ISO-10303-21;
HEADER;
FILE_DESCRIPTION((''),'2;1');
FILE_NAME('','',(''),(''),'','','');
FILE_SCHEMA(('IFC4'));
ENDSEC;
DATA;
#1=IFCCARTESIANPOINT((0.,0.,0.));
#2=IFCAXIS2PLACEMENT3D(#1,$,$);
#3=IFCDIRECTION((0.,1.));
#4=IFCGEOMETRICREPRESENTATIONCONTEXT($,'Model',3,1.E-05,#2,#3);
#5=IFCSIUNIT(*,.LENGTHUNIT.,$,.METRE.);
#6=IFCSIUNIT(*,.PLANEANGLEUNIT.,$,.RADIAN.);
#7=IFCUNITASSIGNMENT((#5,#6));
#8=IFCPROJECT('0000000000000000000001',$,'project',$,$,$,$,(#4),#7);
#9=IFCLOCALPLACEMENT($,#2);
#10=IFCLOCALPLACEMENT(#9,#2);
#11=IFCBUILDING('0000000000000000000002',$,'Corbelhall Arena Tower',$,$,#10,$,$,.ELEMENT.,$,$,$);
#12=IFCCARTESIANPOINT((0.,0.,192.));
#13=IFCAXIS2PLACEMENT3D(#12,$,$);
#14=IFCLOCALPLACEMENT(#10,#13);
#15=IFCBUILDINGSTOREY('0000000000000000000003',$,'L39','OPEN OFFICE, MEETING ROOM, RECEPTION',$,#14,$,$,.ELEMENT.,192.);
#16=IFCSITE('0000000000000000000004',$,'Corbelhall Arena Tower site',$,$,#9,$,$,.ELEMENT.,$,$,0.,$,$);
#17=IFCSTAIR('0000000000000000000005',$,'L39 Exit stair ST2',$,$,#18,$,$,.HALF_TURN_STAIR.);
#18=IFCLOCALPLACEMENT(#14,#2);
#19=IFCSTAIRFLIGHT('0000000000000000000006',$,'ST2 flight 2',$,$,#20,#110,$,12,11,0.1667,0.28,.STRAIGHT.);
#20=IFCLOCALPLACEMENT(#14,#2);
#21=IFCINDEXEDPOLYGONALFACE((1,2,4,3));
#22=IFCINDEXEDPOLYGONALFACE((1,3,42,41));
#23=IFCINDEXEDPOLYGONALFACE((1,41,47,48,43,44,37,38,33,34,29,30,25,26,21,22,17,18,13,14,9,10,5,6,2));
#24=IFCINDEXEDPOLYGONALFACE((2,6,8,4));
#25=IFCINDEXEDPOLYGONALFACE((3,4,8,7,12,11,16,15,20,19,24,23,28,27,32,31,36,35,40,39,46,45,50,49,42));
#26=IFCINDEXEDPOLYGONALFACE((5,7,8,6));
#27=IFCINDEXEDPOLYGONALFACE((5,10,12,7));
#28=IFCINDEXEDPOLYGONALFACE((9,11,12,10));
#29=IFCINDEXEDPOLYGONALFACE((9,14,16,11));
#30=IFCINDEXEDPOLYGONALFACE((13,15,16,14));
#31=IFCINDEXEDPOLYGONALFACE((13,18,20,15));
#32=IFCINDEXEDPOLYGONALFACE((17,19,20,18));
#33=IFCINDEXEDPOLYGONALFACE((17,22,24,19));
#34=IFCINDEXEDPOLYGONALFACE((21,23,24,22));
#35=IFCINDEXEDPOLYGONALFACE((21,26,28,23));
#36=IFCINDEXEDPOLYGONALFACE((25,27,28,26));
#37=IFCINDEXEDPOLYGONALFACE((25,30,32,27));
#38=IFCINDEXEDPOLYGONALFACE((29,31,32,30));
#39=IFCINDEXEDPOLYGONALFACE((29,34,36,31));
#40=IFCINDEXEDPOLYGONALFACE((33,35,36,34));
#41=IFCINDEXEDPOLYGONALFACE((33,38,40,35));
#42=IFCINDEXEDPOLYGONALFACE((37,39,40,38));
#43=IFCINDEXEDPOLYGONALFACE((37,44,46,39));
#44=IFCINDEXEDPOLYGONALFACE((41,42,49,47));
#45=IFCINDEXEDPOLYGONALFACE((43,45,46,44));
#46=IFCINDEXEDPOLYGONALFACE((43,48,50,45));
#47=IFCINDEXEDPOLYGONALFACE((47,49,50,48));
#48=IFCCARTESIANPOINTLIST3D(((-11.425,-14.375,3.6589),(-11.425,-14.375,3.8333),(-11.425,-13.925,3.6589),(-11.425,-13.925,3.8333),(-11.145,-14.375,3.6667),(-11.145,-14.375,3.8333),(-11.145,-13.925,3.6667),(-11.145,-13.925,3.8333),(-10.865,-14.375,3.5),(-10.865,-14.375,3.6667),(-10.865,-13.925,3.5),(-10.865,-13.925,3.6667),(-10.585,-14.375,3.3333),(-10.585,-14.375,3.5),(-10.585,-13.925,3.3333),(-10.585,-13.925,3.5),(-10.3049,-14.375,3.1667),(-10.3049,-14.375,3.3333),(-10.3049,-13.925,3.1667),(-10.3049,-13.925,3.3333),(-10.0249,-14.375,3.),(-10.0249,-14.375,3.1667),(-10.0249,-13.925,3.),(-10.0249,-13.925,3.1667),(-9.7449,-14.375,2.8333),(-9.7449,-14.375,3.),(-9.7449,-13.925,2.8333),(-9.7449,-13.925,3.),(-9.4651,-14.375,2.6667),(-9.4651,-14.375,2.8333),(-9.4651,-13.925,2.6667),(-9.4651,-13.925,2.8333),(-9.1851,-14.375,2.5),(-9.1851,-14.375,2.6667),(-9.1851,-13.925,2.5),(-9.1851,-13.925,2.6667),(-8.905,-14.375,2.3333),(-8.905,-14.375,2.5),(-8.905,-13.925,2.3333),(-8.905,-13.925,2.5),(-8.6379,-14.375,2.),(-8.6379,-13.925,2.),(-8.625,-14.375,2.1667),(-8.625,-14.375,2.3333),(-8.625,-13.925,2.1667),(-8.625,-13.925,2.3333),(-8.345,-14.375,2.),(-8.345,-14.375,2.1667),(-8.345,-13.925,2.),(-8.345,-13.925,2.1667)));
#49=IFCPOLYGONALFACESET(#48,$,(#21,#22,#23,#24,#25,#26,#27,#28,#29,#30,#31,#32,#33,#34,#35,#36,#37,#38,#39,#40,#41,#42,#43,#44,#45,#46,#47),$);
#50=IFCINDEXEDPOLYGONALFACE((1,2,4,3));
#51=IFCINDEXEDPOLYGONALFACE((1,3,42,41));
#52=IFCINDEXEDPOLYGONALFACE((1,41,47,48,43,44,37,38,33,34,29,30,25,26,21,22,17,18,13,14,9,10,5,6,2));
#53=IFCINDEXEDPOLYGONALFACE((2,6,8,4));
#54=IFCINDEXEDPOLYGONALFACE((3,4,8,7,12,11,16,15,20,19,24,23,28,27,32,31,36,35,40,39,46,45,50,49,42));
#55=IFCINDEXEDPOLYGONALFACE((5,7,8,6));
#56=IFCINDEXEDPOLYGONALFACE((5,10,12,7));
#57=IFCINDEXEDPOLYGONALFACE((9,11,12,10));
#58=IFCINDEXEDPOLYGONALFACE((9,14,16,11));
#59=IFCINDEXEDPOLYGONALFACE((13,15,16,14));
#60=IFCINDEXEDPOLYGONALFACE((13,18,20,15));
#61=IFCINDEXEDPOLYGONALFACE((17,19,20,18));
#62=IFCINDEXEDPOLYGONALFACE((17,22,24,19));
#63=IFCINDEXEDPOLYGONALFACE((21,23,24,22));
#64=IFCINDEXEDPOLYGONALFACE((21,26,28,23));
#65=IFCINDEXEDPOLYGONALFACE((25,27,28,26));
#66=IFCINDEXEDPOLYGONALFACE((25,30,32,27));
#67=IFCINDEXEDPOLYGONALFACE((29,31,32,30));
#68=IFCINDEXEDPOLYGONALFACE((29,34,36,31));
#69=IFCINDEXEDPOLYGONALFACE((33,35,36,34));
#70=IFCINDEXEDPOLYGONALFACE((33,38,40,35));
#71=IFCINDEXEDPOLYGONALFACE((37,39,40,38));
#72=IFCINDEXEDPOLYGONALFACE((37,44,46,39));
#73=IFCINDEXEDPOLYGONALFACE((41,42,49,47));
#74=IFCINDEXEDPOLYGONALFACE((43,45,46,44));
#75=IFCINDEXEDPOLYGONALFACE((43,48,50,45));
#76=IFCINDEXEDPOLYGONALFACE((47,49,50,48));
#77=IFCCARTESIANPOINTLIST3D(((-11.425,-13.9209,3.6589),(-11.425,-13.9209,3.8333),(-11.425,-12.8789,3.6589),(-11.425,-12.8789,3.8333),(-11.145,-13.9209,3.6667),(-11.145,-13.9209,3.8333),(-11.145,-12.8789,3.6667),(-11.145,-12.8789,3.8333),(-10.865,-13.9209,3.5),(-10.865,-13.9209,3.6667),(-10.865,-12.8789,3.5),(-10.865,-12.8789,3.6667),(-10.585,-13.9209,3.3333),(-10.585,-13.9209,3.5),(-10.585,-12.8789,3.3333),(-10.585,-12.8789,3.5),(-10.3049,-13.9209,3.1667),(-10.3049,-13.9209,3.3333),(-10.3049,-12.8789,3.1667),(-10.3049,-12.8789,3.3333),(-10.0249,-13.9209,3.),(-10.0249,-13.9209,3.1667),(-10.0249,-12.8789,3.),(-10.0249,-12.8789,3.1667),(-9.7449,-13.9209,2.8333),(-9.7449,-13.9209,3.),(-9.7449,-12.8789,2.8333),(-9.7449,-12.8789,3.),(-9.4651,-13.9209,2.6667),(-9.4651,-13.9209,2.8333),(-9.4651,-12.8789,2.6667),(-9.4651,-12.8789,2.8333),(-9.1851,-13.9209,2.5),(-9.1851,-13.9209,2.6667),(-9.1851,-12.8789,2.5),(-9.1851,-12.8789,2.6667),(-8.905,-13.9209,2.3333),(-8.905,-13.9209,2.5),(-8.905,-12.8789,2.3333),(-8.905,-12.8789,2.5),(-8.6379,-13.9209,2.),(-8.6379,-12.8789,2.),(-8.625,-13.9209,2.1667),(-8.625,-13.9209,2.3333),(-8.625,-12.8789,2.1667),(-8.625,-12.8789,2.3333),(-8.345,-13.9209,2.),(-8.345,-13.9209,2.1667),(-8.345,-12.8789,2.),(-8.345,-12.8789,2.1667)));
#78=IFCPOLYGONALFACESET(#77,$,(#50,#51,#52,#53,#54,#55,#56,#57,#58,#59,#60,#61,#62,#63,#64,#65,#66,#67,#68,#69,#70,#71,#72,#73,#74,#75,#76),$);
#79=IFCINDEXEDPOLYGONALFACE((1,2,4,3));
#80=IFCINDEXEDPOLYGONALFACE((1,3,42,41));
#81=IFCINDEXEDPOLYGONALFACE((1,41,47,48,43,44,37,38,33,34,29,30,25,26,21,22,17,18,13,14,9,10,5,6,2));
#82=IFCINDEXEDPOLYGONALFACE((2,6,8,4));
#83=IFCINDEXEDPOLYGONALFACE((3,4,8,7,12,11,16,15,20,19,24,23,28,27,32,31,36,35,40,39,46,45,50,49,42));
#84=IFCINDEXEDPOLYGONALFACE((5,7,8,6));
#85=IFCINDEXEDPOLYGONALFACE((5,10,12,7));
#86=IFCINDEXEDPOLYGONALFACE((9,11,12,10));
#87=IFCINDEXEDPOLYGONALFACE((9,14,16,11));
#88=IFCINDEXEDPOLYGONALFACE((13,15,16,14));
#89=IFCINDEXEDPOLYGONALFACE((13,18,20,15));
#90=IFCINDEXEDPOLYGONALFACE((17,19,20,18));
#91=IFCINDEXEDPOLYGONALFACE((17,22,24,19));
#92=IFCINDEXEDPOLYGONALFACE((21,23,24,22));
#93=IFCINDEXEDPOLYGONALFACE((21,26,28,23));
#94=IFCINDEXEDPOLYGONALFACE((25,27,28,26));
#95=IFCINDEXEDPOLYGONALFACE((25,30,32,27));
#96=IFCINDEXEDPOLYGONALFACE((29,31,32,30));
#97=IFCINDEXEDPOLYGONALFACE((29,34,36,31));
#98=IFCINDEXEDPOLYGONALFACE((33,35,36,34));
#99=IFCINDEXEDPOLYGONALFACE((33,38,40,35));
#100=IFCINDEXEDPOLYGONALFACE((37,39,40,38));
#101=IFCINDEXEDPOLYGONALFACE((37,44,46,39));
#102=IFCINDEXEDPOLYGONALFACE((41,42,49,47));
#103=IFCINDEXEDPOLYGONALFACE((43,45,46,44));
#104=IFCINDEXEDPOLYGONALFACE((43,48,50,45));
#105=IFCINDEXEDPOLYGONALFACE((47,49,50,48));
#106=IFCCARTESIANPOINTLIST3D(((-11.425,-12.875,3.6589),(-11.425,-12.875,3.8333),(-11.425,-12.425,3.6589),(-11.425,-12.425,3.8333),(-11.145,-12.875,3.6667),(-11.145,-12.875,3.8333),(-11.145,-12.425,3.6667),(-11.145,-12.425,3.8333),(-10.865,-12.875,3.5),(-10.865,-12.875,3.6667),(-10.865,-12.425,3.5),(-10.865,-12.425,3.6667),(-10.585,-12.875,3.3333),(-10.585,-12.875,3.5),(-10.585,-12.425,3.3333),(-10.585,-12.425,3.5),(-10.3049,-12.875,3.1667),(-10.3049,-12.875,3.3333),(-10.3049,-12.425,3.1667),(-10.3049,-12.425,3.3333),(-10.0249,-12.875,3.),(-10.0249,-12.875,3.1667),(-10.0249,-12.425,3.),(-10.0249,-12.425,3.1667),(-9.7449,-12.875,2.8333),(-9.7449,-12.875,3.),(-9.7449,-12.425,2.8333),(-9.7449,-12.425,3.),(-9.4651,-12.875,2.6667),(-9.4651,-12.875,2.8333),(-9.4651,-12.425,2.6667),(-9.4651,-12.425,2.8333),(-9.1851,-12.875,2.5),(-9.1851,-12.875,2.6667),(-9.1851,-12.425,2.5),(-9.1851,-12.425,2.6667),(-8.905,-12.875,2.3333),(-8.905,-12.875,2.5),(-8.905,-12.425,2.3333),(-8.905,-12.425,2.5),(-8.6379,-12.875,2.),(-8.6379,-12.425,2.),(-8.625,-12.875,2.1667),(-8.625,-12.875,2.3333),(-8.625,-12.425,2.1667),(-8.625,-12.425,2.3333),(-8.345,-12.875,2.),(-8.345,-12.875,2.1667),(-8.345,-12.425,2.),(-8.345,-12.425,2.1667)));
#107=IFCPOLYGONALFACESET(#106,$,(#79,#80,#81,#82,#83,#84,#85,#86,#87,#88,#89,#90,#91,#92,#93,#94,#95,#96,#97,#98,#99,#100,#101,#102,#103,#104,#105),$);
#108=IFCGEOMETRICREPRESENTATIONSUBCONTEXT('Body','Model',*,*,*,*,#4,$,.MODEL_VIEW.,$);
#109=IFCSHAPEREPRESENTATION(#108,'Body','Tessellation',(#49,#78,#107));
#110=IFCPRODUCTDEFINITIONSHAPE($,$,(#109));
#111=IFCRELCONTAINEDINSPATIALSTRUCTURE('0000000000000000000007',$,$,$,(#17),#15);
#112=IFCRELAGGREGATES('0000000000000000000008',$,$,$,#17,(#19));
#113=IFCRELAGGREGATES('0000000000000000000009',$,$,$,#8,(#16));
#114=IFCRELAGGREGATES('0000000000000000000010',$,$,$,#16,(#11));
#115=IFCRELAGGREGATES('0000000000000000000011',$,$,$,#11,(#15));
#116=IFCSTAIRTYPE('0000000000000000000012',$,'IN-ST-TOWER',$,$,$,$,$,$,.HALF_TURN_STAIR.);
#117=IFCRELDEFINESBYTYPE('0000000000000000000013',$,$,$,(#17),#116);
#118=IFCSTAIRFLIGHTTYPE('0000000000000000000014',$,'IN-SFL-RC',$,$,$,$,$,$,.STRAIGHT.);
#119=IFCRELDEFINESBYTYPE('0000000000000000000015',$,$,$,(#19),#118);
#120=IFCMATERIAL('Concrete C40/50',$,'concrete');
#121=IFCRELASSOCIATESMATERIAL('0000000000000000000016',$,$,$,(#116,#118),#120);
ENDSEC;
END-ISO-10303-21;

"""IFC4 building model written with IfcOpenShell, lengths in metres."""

from ifc_helpers import new_model, si_unit, direction, frame, origin, place, context, subcontext, project, spatial, polyline, outline, extrude, material, type_object, element, aggregate, save


model = new_model("IFC4")

# Units and contexts
model_context = context("Model", 3, precision=1e-05, world=origin(), true_north=direction((0.0, 1.0)))
body_context = subcontext(model_context, "Body", "Model", "MODEL_VIEW")
ifc_project = project(units=[si_unit("LENGTHUNIT", "METRE"), si_unit("PLANEANGLEUNIT", "RADIAN")], contexts=[model_context])

# Site, building, storey
site_placement = place(None, origin())
site = spatial("IfcSite", under=ifc_project, at=site_placement, Name="Corbelhall Arena Tower site", CompositionType="ELEMENT", RefElevation=0.0)
building_placement = place(site_placement, origin())
building = spatial("IfcBuilding", under=site, at=building_placement, Name="Corbelhall Arena Tower", CompositionType="ELEMENT")
storey_placement = place(building_placement, frame((0.0, 0.0, 192.0)))
storey = spatial("IfcBuildingStorey", under=building, at=storey_placement, Name="L39", Description="OPEN OFFICE, MEETING ROOM, RECEPTION", CompositionType="ELEMENT", Elevation=192.0)

# Shared definitions
ifc_material_1 = material(Name="Concrete C40/50", Category="concrete")

# Stair, stair flight
stair_type = type_object("IfcStairType", Name="IN-ST-TOWER", PredefinedType="HALF_TURN_STAIR", material=ifc_material_1)
stair_placement = place(storey_placement, origin())
stair = element("IfcStair", 1, at=stair_placement, inside=storey, type_object=stair_type, Name="L39 Exit stair ST2", PredefinedType="HALF_TURN_STAIR")
stair_flight_type = type_object("IfcStairFlightType", Name="IN-SFL-RC", PredefinedType="STRAIGHT", material=ifc_material_1)
stair_flight_1_placement = place(storey_placement, frame((-8.345, -13.3999, 2.0), z_axis=(0.0, 0.0, 1.0), x_axis=(-1.0, 0.0, 0.0)))
stair_flight_1 = element("IfcStairFlight", 2, at=stair_flight_1_placement, type_object=stair_flight_type, Name="ST2 flight 2", NumberOfRisers=12, NumberOfTreads=11, PredefinedType="STRAIGHT", RiserHeight=0.1667, TreadLength=0.28, context=body_context, shape_type="SweptSolid", body=[
    extrude(outline(polyline([(0.0, 0.0), (0.0, 0.1667), (0.28, 0.1667), (0.28, 0.3333), (0.5601, 0.3333), (0.5601, 0.5), (0.8401, 0.5), (0.8401, 0.6667), (1.1201, 0.6667), (1.1201, 0.8333), (1.3999, 0.8333), (1.3999, 1.0), (1.6799, 1.0), (1.6799, 1.1667), (1.96, 1.1667), (1.96, 1.3333), (2.24, 1.3333), (2.24, 1.5), (2.52, 1.5), (2.52, 1.6667), (2.8, 1.6667), (2.8, 1.8333), (3.0801, 1.8333), (3.0801, 2.0), (3.0801, 1.6589), (0.293, 0.0), (0.0, 0.0)])), frame((0.0, 0.9751, 0.0), z_axis=(0.0, -1.0, 0.0), x_axis=(1.0, 0.0, 0.0)), (0.0, 0.0, 1.0), 0.45),
    extrude(outline(polyline([(0.0, 0.0), (0.0, 0.1667), (0.28, 0.1667), (0.28, 0.3333), (0.5601, 0.3333), (0.5601, 0.5), (0.8401, 0.5), (0.8401, 0.6667), (1.1201, 0.6667), (1.1201, 0.8333), (1.3999, 0.8333), (1.3999, 1.0), (1.6799, 1.0), (1.6799, 1.1667), (1.96, 1.1667), (1.96, 1.3333), (2.24, 1.3333), (2.24, 1.5), (2.52, 1.5), (2.52, 1.6667), (2.8, 1.6667), (2.8, 1.8333), (3.0801, 1.8333), (3.0801, 2.0), (3.0801, 1.6589), (0.293, 0.0), (0.0, 0.0)])), frame((0.0, 0.521, 0.0), z_axis=(0.0, -1.0, 0.0), x_axis=(1.0, 0.0, 0.0)), (0.0, 0.0, 1.0), 1.042),
    extrude(outline(polyline([(0.0, 0.0), (0.0, 0.1667), (0.28, 0.1667), (0.28, 0.3333), (0.5601, 0.3333), (0.5601, 0.5), (0.8401, 0.5), (0.8401, 0.6667), (1.1201, 0.6667), (1.1201, 0.8333), (1.3999, 0.8333), (1.3999, 1.0), (1.6799, 1.0), (1.6799, 1.1667), (1.96, 1.1667), (1.96, 1.3333), (2.24, 1.3333), (2.24, 1.5), (2.52, 1.5), (2.52, 1.6667), (2.8, 1.6667), (2.8, 1.8333), (3.0801, 1.8333), (3.0801, 2.0), (3.0801, 1.6589), (0.293, 0.0), (0.0, 0.0)])), frame((0.0, -0.5249, 0.0), z_axis=(0.0, -1.0, 0.0), x_axis=(1.0, 0.0, 0.0)), (0.0, 0.0, 1.0), 0.45),
])
aggregate(stair, [stair_flight_1])

save(model, "model.ifc")
